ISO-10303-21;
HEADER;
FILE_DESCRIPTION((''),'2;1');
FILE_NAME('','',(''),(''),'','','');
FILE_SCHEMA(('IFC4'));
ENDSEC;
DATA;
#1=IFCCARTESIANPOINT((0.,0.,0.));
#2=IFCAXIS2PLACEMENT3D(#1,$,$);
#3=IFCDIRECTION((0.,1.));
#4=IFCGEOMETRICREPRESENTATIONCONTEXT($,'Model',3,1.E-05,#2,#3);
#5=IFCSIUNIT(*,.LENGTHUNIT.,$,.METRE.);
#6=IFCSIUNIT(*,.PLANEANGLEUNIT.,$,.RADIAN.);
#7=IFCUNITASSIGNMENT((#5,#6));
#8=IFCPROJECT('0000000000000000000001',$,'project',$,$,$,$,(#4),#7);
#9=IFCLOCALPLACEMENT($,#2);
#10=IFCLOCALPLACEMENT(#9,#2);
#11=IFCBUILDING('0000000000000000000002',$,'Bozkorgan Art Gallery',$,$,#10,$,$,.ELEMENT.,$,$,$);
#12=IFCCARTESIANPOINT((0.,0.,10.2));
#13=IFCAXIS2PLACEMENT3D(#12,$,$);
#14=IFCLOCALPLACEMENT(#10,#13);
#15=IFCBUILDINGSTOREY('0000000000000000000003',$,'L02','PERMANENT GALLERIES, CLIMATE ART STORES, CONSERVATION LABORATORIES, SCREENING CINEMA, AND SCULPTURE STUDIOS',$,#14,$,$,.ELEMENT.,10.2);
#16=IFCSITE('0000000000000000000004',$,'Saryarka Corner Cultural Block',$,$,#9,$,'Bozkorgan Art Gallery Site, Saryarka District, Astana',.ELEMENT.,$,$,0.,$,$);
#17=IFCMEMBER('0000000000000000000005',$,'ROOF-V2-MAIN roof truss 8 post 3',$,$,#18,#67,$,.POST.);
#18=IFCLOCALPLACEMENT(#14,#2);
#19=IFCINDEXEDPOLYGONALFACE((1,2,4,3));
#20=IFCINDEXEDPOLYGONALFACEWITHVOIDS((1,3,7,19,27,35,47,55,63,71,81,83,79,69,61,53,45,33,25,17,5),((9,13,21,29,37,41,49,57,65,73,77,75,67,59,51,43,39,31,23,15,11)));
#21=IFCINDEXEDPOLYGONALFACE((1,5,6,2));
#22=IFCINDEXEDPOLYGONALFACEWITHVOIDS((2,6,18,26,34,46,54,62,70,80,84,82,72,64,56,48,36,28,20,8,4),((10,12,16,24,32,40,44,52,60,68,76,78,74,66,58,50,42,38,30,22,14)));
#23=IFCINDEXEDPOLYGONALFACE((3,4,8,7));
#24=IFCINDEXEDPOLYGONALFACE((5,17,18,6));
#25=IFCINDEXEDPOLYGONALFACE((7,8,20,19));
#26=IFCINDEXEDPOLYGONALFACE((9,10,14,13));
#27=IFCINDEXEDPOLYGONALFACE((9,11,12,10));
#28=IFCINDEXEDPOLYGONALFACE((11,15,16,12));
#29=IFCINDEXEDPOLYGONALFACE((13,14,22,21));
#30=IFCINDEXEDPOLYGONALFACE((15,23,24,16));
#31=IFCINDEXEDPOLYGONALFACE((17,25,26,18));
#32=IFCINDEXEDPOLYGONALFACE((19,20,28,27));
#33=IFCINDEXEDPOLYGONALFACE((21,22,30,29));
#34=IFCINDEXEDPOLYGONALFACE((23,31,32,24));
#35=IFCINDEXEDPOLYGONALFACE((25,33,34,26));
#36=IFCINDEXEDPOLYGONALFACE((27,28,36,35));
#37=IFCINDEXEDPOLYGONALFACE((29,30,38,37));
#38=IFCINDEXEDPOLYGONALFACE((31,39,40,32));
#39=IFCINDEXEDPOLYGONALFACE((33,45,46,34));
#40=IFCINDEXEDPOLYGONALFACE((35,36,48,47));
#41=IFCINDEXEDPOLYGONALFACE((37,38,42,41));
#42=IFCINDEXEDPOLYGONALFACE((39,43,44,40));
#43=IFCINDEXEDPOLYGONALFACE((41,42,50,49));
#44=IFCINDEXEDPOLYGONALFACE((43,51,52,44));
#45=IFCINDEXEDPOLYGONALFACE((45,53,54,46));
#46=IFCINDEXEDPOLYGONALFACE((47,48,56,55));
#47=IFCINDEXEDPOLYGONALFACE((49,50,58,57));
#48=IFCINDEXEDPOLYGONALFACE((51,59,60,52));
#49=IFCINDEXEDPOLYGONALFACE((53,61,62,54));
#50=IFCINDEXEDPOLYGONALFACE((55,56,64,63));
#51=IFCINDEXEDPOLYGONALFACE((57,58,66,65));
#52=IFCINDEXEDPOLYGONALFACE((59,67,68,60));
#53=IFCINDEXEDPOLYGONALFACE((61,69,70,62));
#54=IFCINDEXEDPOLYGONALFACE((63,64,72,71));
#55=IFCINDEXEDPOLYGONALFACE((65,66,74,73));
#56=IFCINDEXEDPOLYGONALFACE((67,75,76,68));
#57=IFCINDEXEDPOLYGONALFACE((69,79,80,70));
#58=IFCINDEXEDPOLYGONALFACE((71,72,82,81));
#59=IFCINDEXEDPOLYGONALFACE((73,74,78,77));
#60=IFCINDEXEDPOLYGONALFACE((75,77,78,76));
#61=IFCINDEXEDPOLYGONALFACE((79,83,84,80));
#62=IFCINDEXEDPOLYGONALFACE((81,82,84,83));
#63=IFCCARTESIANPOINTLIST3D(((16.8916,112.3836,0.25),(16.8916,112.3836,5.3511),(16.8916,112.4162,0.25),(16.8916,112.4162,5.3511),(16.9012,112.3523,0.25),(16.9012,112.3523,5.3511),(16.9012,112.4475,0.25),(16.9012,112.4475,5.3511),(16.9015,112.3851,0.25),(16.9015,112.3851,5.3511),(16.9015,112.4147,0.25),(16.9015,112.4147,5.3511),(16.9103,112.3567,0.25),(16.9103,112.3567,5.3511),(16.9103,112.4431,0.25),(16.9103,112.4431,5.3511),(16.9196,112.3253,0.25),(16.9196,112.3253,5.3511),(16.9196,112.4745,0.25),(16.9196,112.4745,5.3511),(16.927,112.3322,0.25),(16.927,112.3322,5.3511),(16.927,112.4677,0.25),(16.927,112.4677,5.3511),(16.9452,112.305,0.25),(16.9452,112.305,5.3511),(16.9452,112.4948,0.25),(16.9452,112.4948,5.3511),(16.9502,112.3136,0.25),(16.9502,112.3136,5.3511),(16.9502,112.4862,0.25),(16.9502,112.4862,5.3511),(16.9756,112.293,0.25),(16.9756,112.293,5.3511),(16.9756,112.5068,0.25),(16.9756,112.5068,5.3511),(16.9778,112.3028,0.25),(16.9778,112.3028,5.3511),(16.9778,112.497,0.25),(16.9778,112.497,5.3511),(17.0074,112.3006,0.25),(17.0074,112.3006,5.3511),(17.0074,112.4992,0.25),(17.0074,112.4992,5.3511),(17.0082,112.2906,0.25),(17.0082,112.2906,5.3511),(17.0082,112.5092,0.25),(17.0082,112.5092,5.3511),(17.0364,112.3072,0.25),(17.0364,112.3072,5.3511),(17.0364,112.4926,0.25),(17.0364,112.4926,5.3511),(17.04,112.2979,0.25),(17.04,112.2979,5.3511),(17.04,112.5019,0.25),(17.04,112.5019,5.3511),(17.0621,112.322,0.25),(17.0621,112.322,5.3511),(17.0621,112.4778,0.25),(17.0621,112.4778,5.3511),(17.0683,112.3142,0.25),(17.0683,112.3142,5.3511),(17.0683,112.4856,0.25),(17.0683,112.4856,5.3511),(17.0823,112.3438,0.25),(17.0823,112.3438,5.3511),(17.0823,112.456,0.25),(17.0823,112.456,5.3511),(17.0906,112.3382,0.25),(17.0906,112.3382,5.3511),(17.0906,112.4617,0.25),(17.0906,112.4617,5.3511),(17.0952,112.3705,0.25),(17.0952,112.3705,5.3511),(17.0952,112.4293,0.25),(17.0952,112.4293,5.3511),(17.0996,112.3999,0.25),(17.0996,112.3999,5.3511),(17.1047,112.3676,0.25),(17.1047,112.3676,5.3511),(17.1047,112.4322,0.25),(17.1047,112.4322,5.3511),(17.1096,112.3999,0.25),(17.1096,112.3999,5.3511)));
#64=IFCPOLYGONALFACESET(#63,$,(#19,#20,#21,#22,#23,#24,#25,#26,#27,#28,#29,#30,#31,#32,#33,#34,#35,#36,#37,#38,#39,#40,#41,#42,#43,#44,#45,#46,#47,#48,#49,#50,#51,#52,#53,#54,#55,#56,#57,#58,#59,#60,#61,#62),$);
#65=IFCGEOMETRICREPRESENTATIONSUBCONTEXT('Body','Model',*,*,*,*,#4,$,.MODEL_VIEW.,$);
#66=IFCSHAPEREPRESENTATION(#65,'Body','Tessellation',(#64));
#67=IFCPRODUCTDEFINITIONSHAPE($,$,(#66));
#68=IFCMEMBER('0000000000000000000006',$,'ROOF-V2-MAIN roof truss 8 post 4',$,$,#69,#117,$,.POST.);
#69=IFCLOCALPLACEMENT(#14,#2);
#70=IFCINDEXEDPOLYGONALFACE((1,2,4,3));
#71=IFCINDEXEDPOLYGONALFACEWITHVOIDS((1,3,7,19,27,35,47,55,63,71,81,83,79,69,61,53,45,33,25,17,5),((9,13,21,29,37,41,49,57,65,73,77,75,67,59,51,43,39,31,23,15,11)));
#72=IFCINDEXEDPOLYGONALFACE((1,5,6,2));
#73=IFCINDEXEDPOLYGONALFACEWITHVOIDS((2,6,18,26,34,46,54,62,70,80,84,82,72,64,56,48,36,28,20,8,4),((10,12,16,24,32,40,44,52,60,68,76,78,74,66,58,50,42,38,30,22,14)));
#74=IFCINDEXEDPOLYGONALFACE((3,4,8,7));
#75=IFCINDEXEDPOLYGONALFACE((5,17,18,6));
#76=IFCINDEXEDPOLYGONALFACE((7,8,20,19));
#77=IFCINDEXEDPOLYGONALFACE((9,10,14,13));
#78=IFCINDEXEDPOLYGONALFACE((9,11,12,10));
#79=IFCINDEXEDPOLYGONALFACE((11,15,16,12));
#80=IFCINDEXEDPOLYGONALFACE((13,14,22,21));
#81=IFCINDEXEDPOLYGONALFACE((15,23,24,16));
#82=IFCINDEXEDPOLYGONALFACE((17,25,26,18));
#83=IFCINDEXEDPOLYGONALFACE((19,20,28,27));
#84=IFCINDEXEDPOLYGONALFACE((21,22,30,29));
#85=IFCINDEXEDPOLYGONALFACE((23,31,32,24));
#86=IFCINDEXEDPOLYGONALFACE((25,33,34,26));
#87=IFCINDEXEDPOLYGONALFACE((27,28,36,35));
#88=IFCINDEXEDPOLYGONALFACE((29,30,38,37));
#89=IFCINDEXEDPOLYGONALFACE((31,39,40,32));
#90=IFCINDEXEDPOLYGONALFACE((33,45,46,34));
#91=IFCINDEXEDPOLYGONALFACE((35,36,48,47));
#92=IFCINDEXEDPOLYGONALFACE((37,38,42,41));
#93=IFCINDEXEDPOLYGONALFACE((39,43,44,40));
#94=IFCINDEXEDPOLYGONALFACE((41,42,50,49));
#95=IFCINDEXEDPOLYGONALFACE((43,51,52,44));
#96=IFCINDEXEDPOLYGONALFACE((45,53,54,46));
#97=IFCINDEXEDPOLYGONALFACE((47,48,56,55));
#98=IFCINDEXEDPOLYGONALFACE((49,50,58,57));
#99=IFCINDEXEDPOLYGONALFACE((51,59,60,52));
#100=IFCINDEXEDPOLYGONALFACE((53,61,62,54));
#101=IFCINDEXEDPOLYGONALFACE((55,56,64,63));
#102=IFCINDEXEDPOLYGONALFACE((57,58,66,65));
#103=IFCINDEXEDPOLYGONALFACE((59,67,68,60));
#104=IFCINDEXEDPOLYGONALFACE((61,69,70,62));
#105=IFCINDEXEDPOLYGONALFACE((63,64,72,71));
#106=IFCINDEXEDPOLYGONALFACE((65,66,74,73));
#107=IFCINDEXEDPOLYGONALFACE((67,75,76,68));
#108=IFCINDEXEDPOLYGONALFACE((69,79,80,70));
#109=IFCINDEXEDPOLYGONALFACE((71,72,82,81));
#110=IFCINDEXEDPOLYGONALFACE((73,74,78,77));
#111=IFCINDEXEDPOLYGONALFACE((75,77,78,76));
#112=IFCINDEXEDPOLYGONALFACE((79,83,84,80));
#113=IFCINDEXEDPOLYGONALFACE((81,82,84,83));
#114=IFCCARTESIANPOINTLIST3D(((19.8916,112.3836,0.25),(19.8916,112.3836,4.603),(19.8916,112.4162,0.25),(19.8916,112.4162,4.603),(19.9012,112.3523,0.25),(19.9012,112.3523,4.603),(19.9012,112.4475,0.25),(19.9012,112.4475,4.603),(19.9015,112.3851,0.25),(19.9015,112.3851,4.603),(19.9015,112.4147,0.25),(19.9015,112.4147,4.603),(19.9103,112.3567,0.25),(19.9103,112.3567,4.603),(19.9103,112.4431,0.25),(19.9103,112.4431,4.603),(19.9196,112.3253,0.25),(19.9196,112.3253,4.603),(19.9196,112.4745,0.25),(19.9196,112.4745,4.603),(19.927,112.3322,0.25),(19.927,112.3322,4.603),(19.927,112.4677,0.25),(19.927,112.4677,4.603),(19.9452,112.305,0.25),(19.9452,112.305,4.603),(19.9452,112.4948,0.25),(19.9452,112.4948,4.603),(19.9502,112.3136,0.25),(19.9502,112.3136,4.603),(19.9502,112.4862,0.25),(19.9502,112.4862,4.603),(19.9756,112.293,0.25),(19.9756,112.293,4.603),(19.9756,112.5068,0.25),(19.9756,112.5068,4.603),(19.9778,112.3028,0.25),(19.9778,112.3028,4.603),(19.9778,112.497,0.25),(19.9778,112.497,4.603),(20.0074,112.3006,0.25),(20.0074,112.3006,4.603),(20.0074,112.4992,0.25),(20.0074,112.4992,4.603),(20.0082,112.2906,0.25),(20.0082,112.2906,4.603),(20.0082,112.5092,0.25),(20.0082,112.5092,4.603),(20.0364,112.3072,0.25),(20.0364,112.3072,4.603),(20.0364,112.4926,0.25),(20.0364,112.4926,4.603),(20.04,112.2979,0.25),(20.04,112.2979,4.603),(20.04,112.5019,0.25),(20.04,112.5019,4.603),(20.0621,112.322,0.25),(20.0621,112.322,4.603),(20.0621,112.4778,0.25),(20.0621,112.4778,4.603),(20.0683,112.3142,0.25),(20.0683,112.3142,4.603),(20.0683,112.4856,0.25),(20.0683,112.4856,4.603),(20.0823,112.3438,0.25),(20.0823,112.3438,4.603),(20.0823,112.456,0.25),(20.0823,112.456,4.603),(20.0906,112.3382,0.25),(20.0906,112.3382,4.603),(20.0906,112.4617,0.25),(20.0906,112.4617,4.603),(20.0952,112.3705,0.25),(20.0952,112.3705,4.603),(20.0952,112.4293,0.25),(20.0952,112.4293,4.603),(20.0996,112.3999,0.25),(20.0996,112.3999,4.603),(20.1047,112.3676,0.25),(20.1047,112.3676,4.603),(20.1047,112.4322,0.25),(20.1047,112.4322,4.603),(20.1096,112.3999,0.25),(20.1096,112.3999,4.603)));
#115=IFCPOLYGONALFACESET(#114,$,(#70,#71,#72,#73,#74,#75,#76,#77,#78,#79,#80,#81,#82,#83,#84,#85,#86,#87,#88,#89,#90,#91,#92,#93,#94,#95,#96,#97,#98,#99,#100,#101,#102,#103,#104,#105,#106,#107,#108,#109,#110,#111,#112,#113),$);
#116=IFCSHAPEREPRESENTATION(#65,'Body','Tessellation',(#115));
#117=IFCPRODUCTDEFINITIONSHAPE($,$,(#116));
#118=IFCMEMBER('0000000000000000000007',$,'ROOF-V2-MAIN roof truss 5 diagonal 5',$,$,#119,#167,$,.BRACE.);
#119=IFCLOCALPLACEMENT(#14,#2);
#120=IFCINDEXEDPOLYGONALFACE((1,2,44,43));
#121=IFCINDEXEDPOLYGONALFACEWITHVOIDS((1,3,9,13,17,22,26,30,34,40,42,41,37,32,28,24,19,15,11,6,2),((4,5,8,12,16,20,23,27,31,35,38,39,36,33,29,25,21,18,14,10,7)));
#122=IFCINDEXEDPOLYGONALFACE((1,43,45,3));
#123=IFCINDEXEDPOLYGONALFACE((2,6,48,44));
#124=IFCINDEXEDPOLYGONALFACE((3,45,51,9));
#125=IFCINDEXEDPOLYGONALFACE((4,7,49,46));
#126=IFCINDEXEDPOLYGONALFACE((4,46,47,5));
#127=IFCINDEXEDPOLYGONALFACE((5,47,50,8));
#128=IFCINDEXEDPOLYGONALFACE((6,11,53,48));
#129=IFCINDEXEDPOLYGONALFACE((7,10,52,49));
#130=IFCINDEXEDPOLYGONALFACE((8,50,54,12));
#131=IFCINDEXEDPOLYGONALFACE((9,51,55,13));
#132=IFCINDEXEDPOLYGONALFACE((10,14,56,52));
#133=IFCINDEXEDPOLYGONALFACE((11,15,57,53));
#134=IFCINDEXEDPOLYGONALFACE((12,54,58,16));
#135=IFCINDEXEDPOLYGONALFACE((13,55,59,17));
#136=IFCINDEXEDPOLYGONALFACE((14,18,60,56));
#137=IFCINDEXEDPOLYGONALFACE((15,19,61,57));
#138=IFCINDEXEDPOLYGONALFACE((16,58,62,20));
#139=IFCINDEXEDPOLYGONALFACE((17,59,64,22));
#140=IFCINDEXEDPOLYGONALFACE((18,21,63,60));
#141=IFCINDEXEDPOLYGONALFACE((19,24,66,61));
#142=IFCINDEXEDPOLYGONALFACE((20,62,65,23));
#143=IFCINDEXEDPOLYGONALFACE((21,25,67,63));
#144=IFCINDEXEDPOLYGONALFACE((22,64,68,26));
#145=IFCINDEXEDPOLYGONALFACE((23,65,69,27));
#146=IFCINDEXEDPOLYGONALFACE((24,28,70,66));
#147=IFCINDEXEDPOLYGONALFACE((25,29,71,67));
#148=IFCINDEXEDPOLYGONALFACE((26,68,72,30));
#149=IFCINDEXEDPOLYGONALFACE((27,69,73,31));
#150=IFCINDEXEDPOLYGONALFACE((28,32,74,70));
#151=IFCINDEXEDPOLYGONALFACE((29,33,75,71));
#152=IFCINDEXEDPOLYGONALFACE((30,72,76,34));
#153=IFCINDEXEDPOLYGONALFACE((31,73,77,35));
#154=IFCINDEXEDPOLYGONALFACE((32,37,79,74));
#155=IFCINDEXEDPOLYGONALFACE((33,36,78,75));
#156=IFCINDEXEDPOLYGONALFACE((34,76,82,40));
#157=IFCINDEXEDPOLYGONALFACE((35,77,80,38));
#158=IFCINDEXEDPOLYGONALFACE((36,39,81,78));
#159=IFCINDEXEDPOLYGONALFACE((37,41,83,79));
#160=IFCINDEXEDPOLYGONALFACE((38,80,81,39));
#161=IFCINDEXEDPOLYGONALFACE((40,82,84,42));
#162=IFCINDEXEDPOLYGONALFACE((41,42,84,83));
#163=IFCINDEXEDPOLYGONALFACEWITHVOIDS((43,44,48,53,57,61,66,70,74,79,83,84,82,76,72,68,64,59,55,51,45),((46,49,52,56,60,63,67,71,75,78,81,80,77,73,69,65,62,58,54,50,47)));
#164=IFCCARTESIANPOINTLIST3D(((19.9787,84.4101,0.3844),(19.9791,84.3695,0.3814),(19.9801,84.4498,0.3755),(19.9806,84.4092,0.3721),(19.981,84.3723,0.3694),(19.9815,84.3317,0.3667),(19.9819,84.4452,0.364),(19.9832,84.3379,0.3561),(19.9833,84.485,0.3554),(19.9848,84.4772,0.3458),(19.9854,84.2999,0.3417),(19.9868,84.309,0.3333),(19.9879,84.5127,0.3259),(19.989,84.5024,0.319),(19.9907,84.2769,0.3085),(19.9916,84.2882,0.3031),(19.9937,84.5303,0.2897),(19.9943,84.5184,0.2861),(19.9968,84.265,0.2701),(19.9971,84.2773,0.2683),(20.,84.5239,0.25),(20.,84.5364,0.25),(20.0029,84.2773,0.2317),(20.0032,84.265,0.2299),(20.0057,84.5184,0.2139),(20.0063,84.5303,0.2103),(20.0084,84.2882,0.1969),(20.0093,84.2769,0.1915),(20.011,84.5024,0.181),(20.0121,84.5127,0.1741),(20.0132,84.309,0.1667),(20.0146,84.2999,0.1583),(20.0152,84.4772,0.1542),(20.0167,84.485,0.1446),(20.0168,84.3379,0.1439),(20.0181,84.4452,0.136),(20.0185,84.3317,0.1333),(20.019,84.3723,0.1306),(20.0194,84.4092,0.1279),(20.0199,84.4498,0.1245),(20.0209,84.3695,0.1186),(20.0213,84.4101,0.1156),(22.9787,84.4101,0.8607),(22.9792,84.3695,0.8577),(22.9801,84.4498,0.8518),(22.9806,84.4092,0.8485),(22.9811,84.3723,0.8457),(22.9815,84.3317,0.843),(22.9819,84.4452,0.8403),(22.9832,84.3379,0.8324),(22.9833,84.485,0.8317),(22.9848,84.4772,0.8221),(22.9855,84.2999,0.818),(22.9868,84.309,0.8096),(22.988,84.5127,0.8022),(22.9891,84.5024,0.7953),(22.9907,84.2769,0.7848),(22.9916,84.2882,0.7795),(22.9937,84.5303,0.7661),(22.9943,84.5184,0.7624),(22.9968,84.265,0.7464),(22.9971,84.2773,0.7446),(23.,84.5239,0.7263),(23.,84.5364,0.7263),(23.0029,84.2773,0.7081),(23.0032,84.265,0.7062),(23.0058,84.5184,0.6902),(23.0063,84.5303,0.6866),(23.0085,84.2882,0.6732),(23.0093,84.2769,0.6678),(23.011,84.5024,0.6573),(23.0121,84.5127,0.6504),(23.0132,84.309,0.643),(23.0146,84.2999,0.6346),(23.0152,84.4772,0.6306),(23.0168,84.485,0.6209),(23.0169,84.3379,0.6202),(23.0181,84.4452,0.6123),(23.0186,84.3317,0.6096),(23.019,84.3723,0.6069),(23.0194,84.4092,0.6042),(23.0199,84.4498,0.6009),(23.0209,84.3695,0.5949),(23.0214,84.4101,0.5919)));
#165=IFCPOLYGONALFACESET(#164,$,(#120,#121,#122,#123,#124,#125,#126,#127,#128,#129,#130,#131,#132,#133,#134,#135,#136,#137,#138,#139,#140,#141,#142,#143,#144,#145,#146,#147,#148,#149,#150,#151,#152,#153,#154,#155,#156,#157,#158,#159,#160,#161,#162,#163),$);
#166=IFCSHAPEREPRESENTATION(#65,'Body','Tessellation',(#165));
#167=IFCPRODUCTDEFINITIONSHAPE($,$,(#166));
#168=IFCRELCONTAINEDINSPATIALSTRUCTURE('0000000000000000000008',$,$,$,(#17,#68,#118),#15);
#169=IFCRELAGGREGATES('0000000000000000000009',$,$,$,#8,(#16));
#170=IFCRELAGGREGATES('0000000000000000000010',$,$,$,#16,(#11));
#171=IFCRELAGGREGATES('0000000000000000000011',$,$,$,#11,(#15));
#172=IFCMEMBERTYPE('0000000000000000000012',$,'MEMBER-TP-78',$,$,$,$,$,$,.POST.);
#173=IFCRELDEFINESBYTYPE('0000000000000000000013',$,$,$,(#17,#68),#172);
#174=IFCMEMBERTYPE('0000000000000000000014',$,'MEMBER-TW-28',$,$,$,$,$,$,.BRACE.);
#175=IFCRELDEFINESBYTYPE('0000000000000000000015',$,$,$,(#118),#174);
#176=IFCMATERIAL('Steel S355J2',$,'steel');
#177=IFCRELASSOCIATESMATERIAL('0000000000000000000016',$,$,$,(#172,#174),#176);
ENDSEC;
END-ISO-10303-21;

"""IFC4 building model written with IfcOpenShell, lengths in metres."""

from ifc_helpers import new_model, si_unit, direction, frame, origin, origin_2d, place, context, subcontext, project, spatial, hollow_circle, extrude, material, material_profile, profile_set, type_object, element, save


model = new_model("IFC4")

# Units and contexts
model_context = context("Model", 3, precision=1e-05, world=origin(), true_north=direction((0.0, 1.0)))
body_context = subcontext(model_context, "Body", "Model", "MODEL_VIEW")
ifc_project = project(units=[si_unit("LENGTHUNIT", "METRE"), si_unit("PLANEANGLEUNIT", "RADIAN")], contexts=[model_context])

# Site, building, storey
site_placement = place(None, origin())
site = spatial("IfcSite", under=ifc_project, at=site_placement, Name="Saryarka Corner Cultural Block", LongName="Bozkorgan Art Gallery Site, Saryarka District, Astana", CompositionType="ELEMENT", RefElevation=0.0)
building_placement = place(site_placement, origin())
building = spatial("IfcBuilding", under=site, at=building_placement, Name="Bozkorgan Art Gallery", CompositionType="ELEMENT")
storey_placement = place(building_placement, frame((0.0, 0.0, 10.2)))
storey = spatial("IfcBuildingStorey", under=building, at=storey_placement, Name="L02", Description="PERMANENT GALLERIES, CLIMATE ART STORES, CONSERVATION LABORATORIES, SCREENING CINEMA, AND SCULPTURE STUDIOS", CompositionType="ELEMENT", Elevation=10.2)

# Members
ifc_material = material(Name="Steel S355J2", Category="steel")
ifc_material_profile_1 = material_profile(ifc_material, hollow_circle(Radius=0.1096, WallThickness=0.01, at=origin_2d()), Name="CHS 219.1x10")
ifc_profile_set_1 = profile_set([ifc_material_profile_1], Name="Steel S355J2")
member_type_1 = type_object("IfcMemberType", Name="MEMBER-TP-78", PredefinedType="POST", material=ifc_profile_set_1)
member_1_placement = place(storey_placement, frame((17.0, 112.3999, 0.25), z_axis=(0.0, 0.0, 1.0), x_axis=(1.0, 0.0, 0.0)))
element("IfcMember", 1, at=member_1_placement, inside=storey, type_object=member_type_1, Name="ROOF-V2-MAIN roof truss 8 post 3", PredefinedType="POST", context=body_context, shape_type="SweptSolid", body=[
    extrude(hollow_circle(Radius=0.1096, WallThickness=0.01, at=origin_2d()), origin(), (0.0, 0.0, 1.0), 5.1011),
])
member_2_placement = place(storey_placement, frame((20.0, 112.3999, 0.25), z_axis=(0.0, 0.0, 1.0), x_axis=(1.0, 0.0, 0.0)))
element("IfcMember", 2, at=member_2_placement, inside=storey, type_object=member_type_1, Name="ROOF-V2-MAIN roof truss 8 post 4", PredefinedType="POST", context=body_context, shape_type="SweptSolid", body=[
    extrude(hollow_circle(Radius=0.1096, WallThickness=0.01, at=origin_2d()), origin(), (0.0, 0.0, 1.0), 4.353),
])
ifc_material_profile_2 = material_profile(ifc_material, hollow_circle(Radius=0.1365, WallThickness=0.0125, at=origin_2d()), Name="CHS 273x12.5")
ifc_profile_set_2 = profile_set([ifc_material_profile_2], Name="Steel S355J2")
member_type_2 = type_object("IfcMemberType", Name="MEMBER-TW-28", PredefinedType="BRACE", material=ifc_profile_set_2)
member_3_placement = place(storey_placement, frame((20.0, 84.3999, 0.25), z_axis=(0.987629, 0.0, 0.156809), x_axis=(0.0, 1.0, 0.0)))
element("IfcMember", 3, at=member_3_placement, inside=storey, type_object=member_type_2, Name="ROOF-V2-MAIN roof truss 5 diagonal 5", PredefinedType="BRACE", context=body_context, shape_type="SweptSolid", body=[
    extrude(hollow_circle(Radius=0.1365, WallThickness=0.0125, at=origin_2d()), origin(), (0.0, 0.0, 1.0), 3.0376),
])

save(model, "model.ifc")
